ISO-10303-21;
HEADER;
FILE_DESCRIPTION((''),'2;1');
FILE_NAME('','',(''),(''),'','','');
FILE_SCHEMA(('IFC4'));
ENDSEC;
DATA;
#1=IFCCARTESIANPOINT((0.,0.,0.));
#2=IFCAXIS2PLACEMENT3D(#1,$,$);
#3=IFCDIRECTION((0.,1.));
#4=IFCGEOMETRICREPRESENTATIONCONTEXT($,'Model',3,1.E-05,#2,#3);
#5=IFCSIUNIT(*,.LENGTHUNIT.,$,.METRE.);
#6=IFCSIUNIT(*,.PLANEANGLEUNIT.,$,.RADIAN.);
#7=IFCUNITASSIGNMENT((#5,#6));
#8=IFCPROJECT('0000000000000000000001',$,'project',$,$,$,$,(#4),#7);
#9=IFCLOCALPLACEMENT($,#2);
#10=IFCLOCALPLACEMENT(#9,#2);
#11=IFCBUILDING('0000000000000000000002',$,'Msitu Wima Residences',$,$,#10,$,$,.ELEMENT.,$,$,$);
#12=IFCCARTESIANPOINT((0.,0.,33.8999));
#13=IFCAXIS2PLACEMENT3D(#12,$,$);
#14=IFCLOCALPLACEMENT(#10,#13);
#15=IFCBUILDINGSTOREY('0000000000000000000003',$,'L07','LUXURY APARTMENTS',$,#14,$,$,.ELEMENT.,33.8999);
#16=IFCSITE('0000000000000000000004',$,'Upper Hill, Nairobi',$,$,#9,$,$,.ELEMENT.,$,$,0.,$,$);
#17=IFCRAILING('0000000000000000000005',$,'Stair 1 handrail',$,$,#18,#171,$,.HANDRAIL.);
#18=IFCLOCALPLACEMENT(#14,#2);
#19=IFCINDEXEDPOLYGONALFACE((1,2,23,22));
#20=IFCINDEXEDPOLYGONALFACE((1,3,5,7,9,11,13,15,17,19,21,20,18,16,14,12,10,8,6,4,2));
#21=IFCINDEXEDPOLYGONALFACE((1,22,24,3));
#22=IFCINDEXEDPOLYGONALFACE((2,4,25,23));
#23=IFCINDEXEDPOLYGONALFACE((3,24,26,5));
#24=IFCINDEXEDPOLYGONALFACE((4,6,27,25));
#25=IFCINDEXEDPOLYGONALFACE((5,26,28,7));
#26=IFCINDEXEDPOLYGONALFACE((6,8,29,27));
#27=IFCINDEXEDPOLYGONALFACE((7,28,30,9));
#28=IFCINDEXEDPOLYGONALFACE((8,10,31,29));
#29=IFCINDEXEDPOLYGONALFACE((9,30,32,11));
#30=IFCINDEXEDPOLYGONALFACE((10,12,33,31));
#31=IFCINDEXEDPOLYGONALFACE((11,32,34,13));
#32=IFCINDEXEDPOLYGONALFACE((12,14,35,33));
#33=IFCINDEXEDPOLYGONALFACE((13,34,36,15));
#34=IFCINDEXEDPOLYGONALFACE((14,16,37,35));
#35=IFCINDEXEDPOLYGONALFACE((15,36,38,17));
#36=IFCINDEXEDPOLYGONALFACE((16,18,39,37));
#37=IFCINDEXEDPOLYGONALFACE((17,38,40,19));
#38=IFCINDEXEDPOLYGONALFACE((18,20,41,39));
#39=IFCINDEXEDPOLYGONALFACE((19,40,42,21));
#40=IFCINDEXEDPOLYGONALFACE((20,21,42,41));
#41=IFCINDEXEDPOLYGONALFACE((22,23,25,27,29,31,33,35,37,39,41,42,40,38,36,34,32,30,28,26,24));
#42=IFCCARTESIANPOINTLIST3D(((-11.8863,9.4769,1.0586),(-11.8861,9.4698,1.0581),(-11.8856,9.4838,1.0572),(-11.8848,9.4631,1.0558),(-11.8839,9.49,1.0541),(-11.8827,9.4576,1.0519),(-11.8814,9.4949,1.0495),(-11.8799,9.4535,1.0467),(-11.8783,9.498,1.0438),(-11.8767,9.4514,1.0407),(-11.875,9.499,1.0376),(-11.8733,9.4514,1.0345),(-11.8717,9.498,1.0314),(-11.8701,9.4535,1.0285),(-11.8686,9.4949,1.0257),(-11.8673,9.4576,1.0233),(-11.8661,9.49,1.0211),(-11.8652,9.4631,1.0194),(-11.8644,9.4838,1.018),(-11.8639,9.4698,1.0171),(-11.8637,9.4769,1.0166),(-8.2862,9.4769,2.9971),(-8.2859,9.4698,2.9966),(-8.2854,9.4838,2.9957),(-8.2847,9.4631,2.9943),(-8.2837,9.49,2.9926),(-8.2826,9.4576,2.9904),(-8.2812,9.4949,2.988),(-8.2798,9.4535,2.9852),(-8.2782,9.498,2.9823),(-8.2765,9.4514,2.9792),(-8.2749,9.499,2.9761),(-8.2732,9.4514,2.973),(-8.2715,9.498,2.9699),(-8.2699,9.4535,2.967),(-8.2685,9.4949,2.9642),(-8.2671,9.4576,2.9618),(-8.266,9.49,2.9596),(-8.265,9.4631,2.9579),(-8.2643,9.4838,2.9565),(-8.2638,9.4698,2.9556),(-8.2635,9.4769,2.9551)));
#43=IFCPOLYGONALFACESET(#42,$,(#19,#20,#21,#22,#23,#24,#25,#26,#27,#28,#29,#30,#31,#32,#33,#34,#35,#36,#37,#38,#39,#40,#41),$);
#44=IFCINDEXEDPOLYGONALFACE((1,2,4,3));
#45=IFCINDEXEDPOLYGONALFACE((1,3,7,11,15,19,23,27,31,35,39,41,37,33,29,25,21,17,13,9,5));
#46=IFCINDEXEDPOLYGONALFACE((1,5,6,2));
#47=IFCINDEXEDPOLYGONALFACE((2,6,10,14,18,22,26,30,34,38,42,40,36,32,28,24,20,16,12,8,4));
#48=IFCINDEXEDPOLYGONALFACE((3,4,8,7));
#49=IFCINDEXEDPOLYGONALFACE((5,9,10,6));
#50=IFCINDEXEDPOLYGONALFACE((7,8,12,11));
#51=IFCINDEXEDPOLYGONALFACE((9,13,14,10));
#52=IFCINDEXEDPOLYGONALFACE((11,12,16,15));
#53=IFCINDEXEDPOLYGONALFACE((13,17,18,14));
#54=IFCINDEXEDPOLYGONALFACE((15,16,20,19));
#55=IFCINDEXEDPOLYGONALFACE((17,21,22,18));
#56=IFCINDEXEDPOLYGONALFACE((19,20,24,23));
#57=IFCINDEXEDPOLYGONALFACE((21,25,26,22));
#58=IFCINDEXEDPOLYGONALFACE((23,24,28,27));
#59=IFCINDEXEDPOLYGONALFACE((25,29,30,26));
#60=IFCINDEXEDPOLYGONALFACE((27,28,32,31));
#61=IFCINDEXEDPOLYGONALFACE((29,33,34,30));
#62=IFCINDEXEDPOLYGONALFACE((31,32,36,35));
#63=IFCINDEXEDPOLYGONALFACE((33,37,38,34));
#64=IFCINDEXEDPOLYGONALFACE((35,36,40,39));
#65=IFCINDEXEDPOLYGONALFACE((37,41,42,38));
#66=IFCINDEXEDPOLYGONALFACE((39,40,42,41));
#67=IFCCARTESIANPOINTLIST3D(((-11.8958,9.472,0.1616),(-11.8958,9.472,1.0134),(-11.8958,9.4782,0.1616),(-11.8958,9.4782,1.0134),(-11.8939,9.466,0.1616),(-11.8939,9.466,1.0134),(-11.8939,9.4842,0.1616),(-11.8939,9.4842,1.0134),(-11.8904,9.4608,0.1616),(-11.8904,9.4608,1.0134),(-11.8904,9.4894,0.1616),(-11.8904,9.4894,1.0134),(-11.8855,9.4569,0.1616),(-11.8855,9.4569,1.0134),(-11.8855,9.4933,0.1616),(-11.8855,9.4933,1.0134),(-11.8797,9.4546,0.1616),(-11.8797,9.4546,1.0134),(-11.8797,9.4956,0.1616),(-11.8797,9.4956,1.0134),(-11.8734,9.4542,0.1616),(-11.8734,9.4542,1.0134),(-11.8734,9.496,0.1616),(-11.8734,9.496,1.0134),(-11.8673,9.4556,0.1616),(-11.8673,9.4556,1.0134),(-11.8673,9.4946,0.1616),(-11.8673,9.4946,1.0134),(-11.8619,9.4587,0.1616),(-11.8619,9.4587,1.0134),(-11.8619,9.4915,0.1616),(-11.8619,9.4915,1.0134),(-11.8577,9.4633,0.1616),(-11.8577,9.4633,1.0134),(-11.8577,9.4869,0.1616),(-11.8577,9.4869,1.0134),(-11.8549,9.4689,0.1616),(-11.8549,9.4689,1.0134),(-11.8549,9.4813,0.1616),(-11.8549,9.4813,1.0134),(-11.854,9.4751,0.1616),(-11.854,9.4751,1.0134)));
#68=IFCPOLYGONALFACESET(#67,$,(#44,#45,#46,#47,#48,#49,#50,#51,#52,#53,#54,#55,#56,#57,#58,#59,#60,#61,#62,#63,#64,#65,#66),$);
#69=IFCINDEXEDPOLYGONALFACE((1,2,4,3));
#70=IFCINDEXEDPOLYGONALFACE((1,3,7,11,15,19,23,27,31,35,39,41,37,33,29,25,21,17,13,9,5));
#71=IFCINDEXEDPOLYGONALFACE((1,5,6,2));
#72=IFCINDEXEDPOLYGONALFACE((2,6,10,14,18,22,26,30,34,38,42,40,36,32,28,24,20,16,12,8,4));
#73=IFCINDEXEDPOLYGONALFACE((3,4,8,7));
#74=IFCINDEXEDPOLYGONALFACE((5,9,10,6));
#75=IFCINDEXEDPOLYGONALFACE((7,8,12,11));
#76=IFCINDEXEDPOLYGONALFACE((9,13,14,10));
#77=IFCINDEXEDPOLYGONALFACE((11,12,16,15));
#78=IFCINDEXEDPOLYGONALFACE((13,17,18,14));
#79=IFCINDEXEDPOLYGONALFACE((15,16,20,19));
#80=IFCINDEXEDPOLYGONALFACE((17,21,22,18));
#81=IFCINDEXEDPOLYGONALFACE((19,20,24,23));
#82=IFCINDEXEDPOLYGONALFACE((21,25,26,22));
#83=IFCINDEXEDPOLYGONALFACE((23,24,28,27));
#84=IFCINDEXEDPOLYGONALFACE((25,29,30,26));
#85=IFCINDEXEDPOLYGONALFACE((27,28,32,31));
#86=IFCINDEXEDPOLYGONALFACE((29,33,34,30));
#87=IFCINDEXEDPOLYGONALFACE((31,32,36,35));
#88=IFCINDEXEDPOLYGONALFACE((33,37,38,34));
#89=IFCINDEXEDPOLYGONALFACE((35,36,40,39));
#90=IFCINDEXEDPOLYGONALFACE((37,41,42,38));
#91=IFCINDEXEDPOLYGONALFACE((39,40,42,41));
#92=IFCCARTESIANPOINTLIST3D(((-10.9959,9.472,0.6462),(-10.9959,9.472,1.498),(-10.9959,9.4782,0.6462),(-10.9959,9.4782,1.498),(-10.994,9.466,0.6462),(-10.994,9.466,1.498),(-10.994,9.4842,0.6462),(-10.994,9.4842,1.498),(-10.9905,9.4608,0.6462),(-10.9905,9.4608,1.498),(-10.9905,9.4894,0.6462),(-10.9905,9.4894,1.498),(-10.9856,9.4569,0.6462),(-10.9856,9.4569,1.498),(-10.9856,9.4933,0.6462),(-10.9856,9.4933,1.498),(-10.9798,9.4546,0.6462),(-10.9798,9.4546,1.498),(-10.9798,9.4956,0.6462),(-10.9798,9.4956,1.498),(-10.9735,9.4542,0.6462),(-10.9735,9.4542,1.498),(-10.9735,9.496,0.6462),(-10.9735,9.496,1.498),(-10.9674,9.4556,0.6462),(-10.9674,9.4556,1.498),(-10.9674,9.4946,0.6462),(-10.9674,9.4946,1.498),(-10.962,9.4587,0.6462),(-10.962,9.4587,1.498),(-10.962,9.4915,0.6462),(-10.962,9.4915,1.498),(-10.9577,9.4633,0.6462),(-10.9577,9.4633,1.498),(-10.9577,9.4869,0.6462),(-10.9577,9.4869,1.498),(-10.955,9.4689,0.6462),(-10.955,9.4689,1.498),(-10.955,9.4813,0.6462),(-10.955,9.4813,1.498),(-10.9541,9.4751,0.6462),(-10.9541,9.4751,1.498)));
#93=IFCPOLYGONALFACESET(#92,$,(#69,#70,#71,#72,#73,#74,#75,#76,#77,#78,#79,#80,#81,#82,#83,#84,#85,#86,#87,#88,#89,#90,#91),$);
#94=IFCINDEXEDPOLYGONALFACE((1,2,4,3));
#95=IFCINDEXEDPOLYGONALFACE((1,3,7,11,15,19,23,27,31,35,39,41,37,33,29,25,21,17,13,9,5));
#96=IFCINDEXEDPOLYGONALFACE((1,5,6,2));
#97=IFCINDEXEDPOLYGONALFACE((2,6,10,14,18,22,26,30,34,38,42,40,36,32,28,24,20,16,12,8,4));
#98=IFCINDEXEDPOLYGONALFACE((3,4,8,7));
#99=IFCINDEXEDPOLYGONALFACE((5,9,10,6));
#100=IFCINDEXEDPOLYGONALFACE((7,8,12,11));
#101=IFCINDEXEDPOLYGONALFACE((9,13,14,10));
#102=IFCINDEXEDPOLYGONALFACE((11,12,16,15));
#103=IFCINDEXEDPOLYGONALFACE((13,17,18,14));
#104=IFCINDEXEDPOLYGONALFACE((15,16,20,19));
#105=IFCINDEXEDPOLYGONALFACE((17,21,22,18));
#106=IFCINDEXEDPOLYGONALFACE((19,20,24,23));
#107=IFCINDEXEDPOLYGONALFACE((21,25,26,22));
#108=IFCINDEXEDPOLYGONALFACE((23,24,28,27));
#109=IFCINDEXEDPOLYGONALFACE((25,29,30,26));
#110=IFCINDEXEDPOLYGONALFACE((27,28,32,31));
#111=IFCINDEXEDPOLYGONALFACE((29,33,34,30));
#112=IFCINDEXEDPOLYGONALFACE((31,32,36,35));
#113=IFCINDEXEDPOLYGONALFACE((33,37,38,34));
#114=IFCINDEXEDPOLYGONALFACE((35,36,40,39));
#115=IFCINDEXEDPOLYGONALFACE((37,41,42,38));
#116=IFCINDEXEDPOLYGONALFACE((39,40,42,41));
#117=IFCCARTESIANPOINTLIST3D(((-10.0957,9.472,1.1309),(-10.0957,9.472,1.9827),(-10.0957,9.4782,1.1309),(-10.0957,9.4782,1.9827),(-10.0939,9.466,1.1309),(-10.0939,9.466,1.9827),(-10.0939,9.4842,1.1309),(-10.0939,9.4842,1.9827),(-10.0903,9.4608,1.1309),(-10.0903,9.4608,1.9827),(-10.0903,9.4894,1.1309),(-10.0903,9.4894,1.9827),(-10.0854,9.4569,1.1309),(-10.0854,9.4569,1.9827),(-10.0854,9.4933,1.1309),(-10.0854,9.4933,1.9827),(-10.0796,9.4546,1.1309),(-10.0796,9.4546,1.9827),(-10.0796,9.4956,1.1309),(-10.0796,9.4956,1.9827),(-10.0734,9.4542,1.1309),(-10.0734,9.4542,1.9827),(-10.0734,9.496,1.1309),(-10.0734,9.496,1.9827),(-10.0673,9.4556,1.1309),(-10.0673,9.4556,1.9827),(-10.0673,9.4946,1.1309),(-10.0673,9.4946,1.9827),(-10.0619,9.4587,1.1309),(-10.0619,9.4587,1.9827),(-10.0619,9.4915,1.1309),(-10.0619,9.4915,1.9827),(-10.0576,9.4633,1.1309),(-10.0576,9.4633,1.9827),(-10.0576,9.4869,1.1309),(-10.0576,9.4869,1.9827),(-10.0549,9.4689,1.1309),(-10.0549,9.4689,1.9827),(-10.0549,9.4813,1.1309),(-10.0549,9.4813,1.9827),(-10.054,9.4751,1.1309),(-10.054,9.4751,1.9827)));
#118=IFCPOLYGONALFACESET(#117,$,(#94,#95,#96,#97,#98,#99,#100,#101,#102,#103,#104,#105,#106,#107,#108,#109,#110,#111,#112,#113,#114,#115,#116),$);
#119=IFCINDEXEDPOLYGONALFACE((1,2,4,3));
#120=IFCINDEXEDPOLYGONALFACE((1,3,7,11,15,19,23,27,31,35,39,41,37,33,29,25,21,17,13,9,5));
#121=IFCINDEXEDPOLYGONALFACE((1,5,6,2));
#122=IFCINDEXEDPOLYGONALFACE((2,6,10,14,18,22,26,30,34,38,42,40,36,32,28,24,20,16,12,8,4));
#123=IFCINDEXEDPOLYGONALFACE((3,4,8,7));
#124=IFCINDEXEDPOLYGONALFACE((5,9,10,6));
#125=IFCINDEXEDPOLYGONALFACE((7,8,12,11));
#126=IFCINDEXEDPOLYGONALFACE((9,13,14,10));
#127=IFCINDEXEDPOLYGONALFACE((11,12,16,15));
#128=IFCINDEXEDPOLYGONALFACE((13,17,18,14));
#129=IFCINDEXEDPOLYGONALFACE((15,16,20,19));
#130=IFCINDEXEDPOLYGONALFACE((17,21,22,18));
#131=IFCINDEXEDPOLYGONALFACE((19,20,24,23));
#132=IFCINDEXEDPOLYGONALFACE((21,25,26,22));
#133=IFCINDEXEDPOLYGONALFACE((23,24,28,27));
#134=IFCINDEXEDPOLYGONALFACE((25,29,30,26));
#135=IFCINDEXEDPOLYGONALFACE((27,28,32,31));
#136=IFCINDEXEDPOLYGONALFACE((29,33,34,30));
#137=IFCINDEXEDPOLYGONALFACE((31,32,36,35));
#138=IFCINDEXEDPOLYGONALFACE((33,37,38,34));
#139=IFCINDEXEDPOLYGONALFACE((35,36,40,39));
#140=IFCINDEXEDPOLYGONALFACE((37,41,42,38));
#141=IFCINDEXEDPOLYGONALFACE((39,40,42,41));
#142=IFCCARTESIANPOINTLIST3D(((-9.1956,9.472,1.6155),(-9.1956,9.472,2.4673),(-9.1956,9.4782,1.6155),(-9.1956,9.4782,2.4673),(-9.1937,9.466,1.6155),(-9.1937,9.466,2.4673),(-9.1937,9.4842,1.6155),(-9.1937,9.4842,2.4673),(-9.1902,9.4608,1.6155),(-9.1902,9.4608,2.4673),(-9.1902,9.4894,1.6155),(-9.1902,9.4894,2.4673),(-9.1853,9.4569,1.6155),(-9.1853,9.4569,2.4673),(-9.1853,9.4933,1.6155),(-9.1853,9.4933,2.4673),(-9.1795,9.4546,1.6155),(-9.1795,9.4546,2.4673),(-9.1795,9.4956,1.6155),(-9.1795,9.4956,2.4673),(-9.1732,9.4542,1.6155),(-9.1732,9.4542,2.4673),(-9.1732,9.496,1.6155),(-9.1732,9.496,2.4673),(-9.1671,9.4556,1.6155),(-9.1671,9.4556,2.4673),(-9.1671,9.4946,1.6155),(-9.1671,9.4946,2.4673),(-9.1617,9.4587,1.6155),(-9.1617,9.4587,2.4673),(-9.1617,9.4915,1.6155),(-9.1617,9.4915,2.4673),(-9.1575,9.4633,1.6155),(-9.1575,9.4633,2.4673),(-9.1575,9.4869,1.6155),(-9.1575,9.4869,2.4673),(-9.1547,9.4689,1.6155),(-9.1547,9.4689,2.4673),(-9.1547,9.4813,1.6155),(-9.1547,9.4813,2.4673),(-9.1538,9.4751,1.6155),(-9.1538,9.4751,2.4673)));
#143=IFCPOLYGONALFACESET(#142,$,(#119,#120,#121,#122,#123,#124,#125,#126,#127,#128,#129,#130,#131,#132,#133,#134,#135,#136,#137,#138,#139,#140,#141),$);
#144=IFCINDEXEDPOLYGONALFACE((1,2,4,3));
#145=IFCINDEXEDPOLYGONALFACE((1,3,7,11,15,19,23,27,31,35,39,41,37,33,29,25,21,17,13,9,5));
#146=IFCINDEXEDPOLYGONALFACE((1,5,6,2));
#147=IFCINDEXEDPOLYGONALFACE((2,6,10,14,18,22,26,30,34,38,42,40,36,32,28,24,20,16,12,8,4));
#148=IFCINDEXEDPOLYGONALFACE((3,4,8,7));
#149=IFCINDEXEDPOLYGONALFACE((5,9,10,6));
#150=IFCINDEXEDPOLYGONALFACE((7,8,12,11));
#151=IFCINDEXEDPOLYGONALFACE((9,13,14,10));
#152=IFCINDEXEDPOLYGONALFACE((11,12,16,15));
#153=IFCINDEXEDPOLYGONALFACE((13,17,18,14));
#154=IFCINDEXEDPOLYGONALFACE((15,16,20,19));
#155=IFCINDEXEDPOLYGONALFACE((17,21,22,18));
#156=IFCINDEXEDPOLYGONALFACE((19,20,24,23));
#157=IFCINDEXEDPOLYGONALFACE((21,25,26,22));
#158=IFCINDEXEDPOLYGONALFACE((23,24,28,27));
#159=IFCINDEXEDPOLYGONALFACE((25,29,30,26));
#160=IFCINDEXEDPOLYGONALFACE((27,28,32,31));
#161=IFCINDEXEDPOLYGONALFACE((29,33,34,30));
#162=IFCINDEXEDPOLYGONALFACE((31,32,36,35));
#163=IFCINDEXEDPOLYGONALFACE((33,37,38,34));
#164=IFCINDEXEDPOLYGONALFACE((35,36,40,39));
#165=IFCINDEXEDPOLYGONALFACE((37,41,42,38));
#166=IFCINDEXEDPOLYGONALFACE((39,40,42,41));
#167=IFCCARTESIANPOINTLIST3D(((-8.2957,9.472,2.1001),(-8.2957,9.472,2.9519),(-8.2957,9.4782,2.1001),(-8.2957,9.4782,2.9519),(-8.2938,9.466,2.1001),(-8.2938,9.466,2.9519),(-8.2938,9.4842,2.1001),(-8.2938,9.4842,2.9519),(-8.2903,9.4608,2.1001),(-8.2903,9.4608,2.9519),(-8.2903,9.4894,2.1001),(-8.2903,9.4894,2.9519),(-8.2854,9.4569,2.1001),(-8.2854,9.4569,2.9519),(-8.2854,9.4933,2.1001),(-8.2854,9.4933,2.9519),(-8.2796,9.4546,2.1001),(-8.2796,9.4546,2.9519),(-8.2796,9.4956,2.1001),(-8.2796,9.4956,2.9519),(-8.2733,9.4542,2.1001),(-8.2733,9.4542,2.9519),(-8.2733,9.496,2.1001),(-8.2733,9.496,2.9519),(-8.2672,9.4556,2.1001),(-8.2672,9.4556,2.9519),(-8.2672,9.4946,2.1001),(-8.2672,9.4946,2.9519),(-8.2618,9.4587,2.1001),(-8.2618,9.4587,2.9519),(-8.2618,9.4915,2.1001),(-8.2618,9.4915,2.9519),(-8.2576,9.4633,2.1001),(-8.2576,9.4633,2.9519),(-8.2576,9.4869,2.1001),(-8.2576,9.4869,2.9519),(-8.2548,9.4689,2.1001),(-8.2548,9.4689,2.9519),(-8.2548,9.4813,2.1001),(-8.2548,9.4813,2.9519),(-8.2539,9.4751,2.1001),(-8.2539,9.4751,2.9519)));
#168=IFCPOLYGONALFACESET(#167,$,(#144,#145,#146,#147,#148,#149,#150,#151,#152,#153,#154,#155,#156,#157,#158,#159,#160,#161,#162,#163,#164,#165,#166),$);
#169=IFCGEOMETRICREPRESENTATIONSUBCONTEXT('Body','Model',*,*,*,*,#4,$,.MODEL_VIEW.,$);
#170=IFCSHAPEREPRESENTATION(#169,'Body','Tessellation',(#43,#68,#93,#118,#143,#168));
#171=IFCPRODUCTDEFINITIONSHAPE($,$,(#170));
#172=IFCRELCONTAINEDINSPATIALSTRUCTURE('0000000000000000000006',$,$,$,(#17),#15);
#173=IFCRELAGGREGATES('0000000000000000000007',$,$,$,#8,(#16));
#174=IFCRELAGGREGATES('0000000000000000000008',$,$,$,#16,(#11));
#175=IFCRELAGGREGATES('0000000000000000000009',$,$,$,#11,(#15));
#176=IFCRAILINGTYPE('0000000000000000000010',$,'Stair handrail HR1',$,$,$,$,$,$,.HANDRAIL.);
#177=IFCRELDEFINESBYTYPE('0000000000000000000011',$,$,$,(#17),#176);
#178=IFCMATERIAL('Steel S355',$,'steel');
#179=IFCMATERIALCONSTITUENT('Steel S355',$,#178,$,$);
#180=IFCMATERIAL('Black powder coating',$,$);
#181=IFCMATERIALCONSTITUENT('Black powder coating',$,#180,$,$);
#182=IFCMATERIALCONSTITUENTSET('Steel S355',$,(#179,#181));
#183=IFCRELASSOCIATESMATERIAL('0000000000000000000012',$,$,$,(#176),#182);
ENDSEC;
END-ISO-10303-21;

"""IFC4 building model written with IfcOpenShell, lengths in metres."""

from ifc_helpers import new_model, si_unit, direction, frame, origin, origin_2d, place, context, subcontext, project, spatial, circle, extrude, material, constituent, constituent_set, type_object, element, save


model = new_model("IFC4")

# Units and contexts
model_context = context("Model", 3, precision=1e-05, world=origin(), true_north=direction((0.0, 1.0)))
body_context = subcontext(model_context, "Body", "Model", "MODEL_VIEW")
ifc_project = project(units=[si_unit("LENGTHUNIT", "METRE"), si_unit("PLANEANGLEUNIT", "RADIAN")], contexts=[model_context])

# Site, building, storey
site_placement = place(None, origin())
site = spatial("IfcSite", under=ifc_project, at=site_placement, Name="Upper Hill, Nairobi", CompositionType="ELEMENT", RefElevation=0.0)
building_placement = place(site_placement, origin())
building = spatial("IfcBuilding", under=site, at=building_placement, Name="Msitu Wima Residences", CompositionType="ELEMENT")
storey_placement = place(building_placement, frame((0.0, 0.0, 33.8999)))
storey = spatial("IfcBuildingStorey", under=building, at=storey_placement, Name="L07", Description="LUXURY APARTMENTS", CompositionType="ELEMENT", Elevation=33.8999)

# Railing
ifc_material_1 = material(Name="Steel S355", Category="steel")
ifc_constituent_1 = constituent(ifc_material_1, Name="Steel S355")
ifc_material_2 = material(Name="Black powder coating")
ifc_constituent_2 = constituent(ifc_material_2, Name="Black powder coating")
ifc_constituent_set = constituent_set(constituents=[ifc_constituent_1, ifc_constituent_2], Name="Steel S355")
railing_type = type_object("IfcRailingType", Name="Stair handrail HR1", PredefinedType="HANDRAIL", material=ifc_constituent_set)
for number, where, name in (
    (1, (-11.875, 9.4751, 0.1616), "Stair 1 handrail"),
):
    element("IfcRailing", number, at=place(storey_placement, frame(where)), inside=storey, type_object=railing_type, Name=name, PredefinedType="HANDRAIL", context=body_context, shape_type="SweptSolid", body=[
        extrude(circle(Radius=0.0239, at=origin_2d()), frame((0.0, 0.0, 0.876), z_axis=(0.880475, 0.0, 0.474093), x_axis=(0.0, 1.0, 0.0)), (0.0, 0.0, 1.0), 4.0889),
        extrude(circle(Radius=0.021, at=origin_2d()), origin(), (0.0, 0.0, 1.0), 0.8518),
        extrude(circle(Radius=0.021, at=origin_2d()), frame((0.8999, 0.0, 0.4846)), (0.0, 0.0, 1.0), 0.8518),
        extrude(circle(Radius=0.021, at=origin_2d()), frame((1.8, 0.0, 0.9692)), (0.0, 0.0, 1.0), 0.8518),
        extrude(circle(Radius=0.021, at=origin_2d()), frame((2.7002, 0.0, 1.4539)), (0.0, 0.0, 1.0), 0.8518),
        extrude(circle(Radius=0.021, at=origin_2d()), frame((3.6001, 0.0, 1.9385)), (0.0, 0.0, 1.0), 0.8518),
    ])

save(model, "model.ifc")
